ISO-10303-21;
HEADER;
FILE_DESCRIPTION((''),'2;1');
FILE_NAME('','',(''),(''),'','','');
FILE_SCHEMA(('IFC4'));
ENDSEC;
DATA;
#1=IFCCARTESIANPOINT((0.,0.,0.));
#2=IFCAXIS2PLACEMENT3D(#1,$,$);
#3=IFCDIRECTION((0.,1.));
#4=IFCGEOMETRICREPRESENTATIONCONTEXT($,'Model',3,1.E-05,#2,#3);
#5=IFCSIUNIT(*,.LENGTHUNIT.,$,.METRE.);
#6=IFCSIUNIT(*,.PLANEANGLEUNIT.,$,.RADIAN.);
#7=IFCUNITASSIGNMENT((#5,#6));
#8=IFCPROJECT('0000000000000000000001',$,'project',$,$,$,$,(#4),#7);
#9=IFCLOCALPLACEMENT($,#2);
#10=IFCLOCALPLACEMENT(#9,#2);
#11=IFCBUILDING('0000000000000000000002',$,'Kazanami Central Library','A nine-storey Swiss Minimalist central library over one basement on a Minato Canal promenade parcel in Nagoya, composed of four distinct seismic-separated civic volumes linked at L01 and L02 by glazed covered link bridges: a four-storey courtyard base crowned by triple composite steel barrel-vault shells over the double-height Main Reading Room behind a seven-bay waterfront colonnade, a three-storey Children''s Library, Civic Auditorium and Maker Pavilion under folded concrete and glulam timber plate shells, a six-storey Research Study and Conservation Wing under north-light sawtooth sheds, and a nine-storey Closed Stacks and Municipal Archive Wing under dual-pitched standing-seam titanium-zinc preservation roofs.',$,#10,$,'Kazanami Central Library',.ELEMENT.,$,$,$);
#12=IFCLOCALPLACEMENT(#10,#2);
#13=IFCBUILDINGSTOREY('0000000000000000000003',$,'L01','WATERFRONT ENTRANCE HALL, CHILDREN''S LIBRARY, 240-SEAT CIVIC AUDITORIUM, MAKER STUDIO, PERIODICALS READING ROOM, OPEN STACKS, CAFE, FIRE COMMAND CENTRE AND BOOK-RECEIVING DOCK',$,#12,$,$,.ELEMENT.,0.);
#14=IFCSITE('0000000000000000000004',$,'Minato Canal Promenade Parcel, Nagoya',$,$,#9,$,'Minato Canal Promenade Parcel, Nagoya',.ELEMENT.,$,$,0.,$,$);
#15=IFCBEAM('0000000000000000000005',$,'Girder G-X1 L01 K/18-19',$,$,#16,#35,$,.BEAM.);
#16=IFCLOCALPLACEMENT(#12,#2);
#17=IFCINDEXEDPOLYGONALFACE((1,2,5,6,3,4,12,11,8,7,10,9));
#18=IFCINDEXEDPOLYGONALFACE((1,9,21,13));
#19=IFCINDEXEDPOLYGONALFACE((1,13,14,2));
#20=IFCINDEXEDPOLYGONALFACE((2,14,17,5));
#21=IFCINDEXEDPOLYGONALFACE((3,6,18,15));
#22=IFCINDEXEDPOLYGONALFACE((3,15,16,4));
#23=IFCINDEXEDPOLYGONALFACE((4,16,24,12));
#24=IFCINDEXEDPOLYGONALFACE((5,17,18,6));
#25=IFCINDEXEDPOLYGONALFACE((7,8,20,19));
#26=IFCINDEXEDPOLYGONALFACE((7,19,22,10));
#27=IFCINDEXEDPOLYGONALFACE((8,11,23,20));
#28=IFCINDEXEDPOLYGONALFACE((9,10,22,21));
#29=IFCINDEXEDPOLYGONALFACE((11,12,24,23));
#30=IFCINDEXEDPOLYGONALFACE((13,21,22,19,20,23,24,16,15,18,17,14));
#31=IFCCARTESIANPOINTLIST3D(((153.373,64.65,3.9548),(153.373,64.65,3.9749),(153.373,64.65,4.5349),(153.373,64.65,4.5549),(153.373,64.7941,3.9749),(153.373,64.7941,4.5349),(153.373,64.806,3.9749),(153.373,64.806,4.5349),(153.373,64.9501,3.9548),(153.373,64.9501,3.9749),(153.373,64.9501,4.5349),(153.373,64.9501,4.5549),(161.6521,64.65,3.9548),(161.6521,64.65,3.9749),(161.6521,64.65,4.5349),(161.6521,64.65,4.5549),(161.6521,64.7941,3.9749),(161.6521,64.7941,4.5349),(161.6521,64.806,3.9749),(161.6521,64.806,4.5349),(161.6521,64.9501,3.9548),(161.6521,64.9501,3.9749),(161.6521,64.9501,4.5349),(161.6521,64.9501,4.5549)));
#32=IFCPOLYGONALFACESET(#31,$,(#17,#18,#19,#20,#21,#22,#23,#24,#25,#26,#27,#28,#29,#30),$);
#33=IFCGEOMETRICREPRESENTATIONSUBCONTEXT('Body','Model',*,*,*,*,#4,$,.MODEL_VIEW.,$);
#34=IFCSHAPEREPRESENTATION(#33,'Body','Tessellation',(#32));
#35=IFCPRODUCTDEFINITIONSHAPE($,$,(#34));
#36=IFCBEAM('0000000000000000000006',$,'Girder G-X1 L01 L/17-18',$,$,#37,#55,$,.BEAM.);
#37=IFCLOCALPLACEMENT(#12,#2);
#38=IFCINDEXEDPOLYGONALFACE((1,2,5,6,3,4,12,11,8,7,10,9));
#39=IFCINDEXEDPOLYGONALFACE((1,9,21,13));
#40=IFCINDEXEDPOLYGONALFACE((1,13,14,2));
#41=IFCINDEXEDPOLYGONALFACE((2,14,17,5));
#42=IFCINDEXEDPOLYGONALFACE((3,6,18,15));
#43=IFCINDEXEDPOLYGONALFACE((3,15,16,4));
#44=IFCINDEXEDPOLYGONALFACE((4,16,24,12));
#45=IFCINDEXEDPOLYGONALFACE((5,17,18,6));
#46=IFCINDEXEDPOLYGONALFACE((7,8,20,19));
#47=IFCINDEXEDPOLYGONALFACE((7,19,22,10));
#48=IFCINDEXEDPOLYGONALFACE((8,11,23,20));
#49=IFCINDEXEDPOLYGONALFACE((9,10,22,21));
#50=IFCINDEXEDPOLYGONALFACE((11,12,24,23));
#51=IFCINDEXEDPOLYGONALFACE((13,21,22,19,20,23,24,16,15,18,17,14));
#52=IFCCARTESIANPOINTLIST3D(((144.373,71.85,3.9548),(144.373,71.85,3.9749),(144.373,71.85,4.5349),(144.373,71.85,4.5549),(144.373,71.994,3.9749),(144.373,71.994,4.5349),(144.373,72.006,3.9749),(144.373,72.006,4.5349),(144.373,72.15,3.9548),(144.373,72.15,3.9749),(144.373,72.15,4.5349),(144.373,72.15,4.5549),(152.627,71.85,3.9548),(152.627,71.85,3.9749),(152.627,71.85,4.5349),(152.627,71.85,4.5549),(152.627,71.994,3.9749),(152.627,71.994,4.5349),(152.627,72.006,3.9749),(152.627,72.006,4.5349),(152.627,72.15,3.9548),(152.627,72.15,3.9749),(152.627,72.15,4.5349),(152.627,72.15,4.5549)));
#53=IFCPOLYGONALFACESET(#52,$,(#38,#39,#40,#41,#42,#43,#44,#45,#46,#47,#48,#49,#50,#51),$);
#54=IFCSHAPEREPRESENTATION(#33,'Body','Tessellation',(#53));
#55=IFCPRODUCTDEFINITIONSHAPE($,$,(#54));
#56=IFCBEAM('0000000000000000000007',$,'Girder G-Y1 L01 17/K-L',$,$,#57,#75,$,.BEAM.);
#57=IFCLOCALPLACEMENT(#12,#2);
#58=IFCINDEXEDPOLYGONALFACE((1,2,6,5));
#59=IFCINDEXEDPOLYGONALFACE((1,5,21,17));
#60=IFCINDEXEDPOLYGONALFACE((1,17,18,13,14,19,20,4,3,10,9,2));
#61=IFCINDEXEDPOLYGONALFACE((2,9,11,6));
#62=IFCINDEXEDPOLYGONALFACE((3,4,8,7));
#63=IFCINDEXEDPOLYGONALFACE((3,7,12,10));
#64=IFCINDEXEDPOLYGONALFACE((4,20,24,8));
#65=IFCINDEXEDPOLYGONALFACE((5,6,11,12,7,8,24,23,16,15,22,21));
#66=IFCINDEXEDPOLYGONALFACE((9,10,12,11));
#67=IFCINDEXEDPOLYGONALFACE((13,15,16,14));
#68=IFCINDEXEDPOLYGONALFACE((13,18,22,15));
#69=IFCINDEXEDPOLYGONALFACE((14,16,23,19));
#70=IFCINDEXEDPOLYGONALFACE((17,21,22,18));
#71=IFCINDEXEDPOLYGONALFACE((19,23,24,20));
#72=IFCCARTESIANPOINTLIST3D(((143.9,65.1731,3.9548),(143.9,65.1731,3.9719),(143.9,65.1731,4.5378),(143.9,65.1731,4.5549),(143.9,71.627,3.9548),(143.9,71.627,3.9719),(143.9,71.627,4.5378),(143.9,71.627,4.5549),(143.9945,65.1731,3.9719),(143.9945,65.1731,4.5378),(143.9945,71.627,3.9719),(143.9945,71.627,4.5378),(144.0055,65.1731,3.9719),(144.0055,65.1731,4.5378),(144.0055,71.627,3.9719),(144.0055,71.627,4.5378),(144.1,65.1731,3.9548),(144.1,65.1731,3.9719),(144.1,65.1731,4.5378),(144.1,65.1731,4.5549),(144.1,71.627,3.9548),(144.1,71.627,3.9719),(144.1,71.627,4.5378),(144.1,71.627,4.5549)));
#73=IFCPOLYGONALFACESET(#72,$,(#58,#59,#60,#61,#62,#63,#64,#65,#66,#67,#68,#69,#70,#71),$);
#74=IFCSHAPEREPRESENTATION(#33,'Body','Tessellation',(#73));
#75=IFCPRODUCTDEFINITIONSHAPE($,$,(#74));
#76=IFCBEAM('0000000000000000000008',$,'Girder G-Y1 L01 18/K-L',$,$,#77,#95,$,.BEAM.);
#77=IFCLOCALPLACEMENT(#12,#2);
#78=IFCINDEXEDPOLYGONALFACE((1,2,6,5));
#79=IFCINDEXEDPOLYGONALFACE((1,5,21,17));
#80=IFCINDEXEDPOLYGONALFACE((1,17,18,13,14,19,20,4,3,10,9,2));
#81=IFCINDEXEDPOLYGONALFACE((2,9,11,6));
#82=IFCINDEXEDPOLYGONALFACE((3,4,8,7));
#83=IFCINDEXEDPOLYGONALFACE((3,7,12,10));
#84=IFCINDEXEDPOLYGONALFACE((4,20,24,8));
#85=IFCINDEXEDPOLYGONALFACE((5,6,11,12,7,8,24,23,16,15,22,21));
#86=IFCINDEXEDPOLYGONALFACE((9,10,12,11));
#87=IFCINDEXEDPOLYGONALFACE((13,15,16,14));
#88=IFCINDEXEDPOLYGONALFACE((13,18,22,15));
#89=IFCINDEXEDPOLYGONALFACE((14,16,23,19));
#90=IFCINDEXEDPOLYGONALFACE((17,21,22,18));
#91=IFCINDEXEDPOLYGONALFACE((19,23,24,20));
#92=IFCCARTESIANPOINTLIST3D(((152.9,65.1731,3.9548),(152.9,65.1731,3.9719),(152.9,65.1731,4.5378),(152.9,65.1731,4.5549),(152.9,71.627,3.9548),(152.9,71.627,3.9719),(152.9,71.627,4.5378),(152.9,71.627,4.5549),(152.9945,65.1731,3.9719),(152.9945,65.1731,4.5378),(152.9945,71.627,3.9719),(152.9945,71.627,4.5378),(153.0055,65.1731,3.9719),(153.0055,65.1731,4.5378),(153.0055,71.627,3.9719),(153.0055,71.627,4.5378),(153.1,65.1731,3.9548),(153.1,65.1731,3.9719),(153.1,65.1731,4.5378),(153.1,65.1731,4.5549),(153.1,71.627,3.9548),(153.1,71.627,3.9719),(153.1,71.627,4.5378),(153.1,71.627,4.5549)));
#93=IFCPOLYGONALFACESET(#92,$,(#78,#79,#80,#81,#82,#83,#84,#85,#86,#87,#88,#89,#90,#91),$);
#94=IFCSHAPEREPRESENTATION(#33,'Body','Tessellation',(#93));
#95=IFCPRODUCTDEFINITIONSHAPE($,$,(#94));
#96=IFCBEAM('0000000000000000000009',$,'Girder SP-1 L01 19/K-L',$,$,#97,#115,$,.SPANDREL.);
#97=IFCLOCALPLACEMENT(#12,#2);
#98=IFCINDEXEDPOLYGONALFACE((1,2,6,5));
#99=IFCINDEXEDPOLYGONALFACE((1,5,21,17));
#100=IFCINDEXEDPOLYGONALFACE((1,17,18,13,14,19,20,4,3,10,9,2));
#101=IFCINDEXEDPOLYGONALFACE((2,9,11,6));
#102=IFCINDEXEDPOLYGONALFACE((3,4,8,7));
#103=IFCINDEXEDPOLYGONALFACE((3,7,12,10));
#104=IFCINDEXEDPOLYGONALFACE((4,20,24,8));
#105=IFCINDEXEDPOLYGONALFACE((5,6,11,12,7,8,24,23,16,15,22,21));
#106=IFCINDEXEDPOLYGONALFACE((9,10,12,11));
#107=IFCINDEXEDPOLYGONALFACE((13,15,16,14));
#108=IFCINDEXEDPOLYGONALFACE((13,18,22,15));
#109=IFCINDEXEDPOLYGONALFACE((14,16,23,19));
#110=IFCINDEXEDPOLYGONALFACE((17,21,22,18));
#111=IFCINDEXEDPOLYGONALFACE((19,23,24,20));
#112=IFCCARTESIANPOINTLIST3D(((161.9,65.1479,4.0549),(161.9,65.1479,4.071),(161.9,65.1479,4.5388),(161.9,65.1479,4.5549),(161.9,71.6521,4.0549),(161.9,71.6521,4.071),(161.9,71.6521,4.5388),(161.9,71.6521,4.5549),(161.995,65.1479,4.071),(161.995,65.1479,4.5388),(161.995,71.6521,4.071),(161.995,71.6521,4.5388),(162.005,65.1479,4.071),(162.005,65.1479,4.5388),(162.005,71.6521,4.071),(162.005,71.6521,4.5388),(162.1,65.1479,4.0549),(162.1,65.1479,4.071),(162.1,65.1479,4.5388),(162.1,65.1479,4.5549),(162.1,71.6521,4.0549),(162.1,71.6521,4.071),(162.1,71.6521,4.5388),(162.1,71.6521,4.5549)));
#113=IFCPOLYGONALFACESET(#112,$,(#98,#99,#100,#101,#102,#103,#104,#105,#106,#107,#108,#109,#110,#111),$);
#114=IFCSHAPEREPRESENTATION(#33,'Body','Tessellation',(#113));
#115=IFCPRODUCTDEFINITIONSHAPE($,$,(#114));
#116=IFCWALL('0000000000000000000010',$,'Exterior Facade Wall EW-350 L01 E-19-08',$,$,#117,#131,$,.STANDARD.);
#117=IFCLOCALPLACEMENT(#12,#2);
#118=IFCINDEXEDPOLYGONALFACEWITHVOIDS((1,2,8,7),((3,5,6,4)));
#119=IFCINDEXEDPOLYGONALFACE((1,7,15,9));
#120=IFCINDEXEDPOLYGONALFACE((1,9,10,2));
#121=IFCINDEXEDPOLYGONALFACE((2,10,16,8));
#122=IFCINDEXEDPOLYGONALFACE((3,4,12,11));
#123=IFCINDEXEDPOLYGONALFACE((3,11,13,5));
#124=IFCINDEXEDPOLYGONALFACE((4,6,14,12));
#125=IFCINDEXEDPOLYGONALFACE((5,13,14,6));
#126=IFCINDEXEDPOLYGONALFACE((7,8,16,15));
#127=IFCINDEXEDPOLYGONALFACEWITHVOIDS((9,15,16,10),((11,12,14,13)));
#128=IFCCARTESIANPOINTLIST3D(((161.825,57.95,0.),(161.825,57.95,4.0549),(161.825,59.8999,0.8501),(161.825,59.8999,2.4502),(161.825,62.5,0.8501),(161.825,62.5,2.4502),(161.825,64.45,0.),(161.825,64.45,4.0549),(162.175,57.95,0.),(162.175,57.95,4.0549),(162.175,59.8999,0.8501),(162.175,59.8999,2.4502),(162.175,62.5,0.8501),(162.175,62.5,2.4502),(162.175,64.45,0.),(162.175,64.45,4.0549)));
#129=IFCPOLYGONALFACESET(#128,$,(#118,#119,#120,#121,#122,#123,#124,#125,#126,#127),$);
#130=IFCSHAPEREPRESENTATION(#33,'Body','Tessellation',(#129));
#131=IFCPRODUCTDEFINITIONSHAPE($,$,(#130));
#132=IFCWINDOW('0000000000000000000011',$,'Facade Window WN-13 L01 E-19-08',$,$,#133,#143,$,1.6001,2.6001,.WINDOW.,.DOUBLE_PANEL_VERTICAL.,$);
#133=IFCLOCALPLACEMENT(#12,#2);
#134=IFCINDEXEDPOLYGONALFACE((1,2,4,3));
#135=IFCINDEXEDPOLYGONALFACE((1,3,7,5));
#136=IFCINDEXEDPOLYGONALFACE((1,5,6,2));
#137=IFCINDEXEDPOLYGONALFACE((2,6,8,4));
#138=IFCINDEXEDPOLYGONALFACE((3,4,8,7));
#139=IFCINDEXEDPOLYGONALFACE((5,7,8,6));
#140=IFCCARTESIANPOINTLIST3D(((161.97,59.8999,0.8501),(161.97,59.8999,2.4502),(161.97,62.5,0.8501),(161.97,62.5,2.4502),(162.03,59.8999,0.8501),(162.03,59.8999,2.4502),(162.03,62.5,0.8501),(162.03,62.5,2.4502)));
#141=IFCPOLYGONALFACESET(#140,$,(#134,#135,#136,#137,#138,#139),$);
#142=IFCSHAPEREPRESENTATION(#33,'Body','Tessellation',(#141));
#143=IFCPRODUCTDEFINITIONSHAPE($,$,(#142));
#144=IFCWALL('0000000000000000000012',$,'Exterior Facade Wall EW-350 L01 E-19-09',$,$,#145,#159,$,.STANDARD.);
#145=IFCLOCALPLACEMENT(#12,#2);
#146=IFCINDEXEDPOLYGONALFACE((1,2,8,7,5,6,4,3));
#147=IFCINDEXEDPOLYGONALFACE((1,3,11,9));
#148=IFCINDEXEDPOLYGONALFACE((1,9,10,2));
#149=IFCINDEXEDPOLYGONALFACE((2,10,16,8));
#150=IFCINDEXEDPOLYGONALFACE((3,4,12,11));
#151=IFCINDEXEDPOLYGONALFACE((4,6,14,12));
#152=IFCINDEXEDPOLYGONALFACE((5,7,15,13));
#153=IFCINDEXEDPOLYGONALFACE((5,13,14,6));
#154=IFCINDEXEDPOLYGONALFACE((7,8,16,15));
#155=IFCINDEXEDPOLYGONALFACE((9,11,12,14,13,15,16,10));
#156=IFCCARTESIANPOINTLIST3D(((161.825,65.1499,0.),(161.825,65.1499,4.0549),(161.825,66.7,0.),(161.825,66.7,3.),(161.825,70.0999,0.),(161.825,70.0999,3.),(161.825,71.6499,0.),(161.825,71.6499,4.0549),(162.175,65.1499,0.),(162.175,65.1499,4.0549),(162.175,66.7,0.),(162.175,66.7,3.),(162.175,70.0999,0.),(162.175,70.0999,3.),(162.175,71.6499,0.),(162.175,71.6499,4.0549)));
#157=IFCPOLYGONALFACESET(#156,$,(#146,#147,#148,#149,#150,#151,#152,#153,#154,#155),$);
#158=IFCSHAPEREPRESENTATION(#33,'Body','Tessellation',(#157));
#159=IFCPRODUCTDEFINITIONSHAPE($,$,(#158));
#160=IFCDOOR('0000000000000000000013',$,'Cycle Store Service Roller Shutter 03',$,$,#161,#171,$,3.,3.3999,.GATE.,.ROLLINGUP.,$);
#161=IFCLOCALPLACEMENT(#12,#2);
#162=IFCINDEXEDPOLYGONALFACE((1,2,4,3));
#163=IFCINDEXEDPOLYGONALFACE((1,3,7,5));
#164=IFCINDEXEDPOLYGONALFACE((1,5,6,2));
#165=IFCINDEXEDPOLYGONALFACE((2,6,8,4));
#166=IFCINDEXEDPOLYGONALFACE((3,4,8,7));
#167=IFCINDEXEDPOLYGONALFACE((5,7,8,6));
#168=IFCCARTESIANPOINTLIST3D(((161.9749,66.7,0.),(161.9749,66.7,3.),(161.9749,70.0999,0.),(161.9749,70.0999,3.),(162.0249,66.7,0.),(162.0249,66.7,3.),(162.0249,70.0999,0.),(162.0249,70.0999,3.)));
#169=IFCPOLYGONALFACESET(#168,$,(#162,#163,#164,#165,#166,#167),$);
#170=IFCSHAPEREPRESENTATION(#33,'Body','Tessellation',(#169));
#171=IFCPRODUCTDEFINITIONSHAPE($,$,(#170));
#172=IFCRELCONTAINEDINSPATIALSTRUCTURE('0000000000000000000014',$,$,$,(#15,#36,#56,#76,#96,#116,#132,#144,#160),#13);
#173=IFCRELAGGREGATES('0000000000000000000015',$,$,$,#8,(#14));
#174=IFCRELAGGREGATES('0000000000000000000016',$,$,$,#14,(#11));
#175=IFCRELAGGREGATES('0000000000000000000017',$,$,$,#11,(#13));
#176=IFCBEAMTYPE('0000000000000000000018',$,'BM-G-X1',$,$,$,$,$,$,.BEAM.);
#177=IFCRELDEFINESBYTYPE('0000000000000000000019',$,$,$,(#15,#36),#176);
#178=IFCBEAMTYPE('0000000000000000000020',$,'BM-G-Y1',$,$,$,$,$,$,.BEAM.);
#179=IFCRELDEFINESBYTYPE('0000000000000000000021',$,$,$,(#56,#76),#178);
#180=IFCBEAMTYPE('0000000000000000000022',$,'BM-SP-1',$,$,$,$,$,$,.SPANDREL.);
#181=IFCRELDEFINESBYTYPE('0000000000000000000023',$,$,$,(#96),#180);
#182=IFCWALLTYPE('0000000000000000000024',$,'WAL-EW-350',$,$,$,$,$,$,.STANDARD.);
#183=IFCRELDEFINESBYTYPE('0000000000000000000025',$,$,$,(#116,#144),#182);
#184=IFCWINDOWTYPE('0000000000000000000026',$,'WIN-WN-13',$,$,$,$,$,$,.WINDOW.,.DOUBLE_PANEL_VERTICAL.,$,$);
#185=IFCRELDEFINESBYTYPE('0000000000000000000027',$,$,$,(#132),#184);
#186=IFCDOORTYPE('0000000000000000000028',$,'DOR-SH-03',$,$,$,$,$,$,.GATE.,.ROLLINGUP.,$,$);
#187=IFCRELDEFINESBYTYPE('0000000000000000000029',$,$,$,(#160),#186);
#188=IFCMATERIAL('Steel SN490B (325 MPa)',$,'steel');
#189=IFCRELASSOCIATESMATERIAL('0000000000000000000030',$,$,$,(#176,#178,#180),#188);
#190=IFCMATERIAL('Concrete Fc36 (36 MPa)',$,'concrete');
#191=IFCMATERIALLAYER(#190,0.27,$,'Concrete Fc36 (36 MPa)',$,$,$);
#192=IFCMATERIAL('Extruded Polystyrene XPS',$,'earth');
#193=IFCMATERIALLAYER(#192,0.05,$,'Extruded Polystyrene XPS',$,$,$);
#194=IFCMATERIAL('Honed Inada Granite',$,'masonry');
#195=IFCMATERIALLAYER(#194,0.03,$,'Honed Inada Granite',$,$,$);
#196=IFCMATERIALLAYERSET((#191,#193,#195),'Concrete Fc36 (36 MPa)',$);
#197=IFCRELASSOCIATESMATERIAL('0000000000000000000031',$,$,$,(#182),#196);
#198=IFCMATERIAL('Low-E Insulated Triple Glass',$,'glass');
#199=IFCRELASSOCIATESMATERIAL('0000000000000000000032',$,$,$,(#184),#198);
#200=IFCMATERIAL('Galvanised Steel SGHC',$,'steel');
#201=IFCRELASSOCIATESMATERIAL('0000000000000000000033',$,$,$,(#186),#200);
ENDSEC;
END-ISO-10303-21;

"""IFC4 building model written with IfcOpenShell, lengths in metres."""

from ifc_helpers import new_model, si_unit, direction, frame, frame_2d, origin, origin_2d, place, context, subcontext, project, spatial, rectangle, i_section, extrude, material, layer, layer_set, material_profile, profile_set, type_object, element, fill, save


model = new_model("IFC4")

# Units and contexts
model_context = context("Model", 3, precision=1e-05, world=origin(), true_north=direction((0.0, 1.0)))
body_context = subcontext(model_context, "Body", "Model", "MODEL_VIEW")
ifc_project = project(units=[si_unit("LENGTHUNIT", "METRE"), si_unit("PLANEANGLEUNIT", "RADIAN")], contexts=[model_context])

# Site, building, storey
site_placement = place(None, origin())
site = spatial("IfcSite", under=ifc_project, at=site_placement, Name="Minato Canal Promenade Parcel, Nagoya", LongName="Minato Canal Promenade Parcel, Nagoya", CompositionType="ELEMENT", RefElevation=0.0)
building_placement = place(site_placement, origin())
building = spatial("IfcBuilding", under=site, at=building_placement, Name="Kazanami Central Library", Description="A nine-storey Swiss Minimalist central library over one basement on a Minato Canal promenade parcel in Nagoya, composed of four distinct seismic-separated civic volumes linked at L01 and L02 by glazed covered link bridges: a four-storey courtyard base crowned by triple composite steel barrel-vault shells over the double-height Main Reading Room behind a seven-bay waterfront colonnade, a three-storey Children's Library, Civic Auditorium and Maker Pavilion under folded concrete and glulam timber plate shells, a six-storey Research Study and Conservation Wing under north-light sawtooth sheds, and a nine-storey Closed Stacks and Municipal Archive Wing under dual-pitched standing-seam titanium-zinc preservation roofs.", LongName="Kazanami Central Library", CompositionType="ELEMENT")
storey_placement = place(building_placement, origin())
storey = spatial("IfcBuildingStorey", under=building, at=storey_placement, Name="L01", Description="WATERFRONT ENTRANCE HALL, CHILDREN'S LIBRARY, 240-SEAT CIVIC AUDITORIUM, MAKER STUDIO, PERIODICALS READING ROOM, OPEN STACKS, CAFE, FIRE COMMAND CENTRE AND BOOK-RECEIVING DOCK", CompositionType="ELEMENT", Elevation=0.0)

# Beams
ifc_material_1 = material(Name="Steel SN490B (325 MPa)", Category="steel")
ifc_material_profile_1 = material_profile(ifc_material_1, i_section(OverallWidth=0.3, OverallDepth=0.6001, WebThickness=0.012, FlangeThickness=0.02, at=origin_2d()), Name="H-600x300x12x20")
ifc_profile_set_1 = profile_set([ifc_material_profile_1], Name="Steel SN490B (325 MPa)")
beam_type_1 = type_object("IfcBeamType", Name="BM-G-X1", PredefinedType="BEAM", material=ifc_profile_set_1)
beam_1_placement = place(storey_placement, frame((153.373, 64.8, 4.2549), z_axis=(1.0, 0.0, 0.0), x_axis=(0.0, 1.0, 0.0)))
element("IfcBeam", 1, at=beam_1_placement, inside=storey, type_object=beam_type_1, Name="Girder G-X1 L01 K/18-19", PredefinedType="BEAM", context=body_context, shape_type="SweptSolid", body=[
    extrude(i_section(OverallWidth=0.3, OverallDepth=0.6001, WebThickness=0.012, FlangeThickness=0.02, at=origin_2d()), origin(), (0.0, 0.0, 1.0), 8.2791),
])
beam_2_placement = place(storey_placement, frame((144.373, 72.0, 4.2549), z_axis=(1.0, 0.0, 0.0), x_axis=(0.0, 1.0, 0.0)))
element("IfcBeam", 2, at=beam_2_placement, inside=storey, type_object=beam_type_1, Name="Girder G-X1 L01 L/17-18", PredefinedType="BEAM", context=body_context, shape_type="SweptSolid", body=[
    extrude(i_section(OverallWidth=0.3, OverallDepth=0.6001, WebThickness=0.012, FlangeThickness=0.02, at=origin_2d()), origin(), (0.0, 0.0, 1.0), 8.2539),
])
ifc_material_profile_2 = material_profile(ifc_material_1, i_section(OverallWidth=0.2, OverallDepth=0.6001, WebThickness=0.011, FlangeThickness=0.0171, at=origin_2d()), Name="H-600x200x11x17")
ifc_profile_set_2 = profile_set([ifc_material_profile_2], Name="Steel SN490B (325 MPa)")
beam_type_2 = type_object("IfcBeamType", Name="BM-G-Y1", PredefinedType="BEAM", material=ifc_profile_set_2)
for number, where, z_axis, x_axis, name in (
    (3, (144.0, 65.1731, 4.2549), (0.0, 1.0, 0.0), (-1.0, 0.0, 0.0), "Girder G-Y1 L01 17/K-L"),
    (4, (153.0, 65.1731, 4.2549), (0.0, 1.0, 0.0), (-1.0, 0.0, 0.0), "Girder G-Y1 L01 18/K-L"),
):
    element("IfcBeam", number, at=place(storey_placement, frame(where, z_axis=z_axis, x_axis=x_axis)), inside=storey, type_object=beam_type_2, Name=name, PredefinedType="BEAM", context=body_context, shape_type="SweptSolid", body=[
        extrude(i_section(OverallWidth=0.2, OverallDepth=0.6001, WebThickness=0.011, FlangeThickness=0.0171, at=origin_2d()), origin(), (0.0, 0.0, 1.0), 6.4539),
    ])
ifc_material_profile_3 = material_profile(ifc_material_1, i_section(OverallWidth=0.2, OverallDepth=0.5, WebThickness=0.01, FlangeThickness=0.0161, at=origin_2d()), Name="H-500x200x10x16")
ifc_profile_set_3 = profile_set([ifc_material_profile_3], Name="Steel SN490B (325 MPa)")
beam_type_3 = type_object("IfcBeamType", Name="BM-SP-1", PredefinedType="SPANDREL", material=ifc_profile_set_3)
beam_3_placement = place(storey_placement, frame((162.0, 65.1479, 4.3049), z_axis=(0.0, 1.0, 0.0), x_axis=(-1.0, 0.0, 0.0)))
element("IfcBeam", 5, at=beam_3_placement, inside=storey, type_object=beam_type_3, Name="Girder SP-1 L01 19/K-L", PredefinedType="SPANDREL", context=body_context, shape_type="SweptSolid", body=[
    extrude(i_section(OverallWidth=0.2, OverallDepth=0.5, WebThickness=0.01, FlangeThickness=0.0161, at=origin_2d()), origin(), (0.0, 0.0, 1.0), 6.5042),
])

# Wall, opening, window
ifc_material_2 = material(Name="Concrete Fc36 (36 MPa)", Category="concrete")
ifc_layer_1 = layer(ifc_material_2, 0.27, Name="Concrete Fc36 (36 MPa)")
ifc_material_3 = material(Name="Extruded Polystyrene XPS", Category="earth")
ifc_layer_2 = layer(ifc_material_3, 0.05, Name="Extruded Polystyrene XPS")
ifc_material_4 = material(Name="Honed Inada Granite", Category="masonry")
ifc_layer_3 = layer(ifc_material_4, 0.03, Name="Honed Inada Granite")
ifc_layer_set_1 = layer_set([ifc_layer_1, ifc_layer_2, ifc_layer_3], Name="Concrete Fc36 (36 MPa)")
wall_type_1 = type_object("IfcWallType", Name="WAL-EW-350", PredefinedType="STANDARD", material=ifc_layer_set_1)
wall_1_placement = place(storey_placement, frame((162.0, 64.45, 0.0), z_axis=(0.0, 0.0, 1.0), x_axis=(0.0, -1.0, 0.0)))
wall_1 = element("IfcWall", 6, at=wall_1_placement, inside=storey, type_object=wall_type_1, Name="Exterior Facade Wall EW-350 L01 E-19-08", PredefinedType="STANDARD", context=body_context, shape_type="SweptSolid", body=[
    extrude(rectangle(XDim=6.5, YDim=0.3501, at=frame_2d((3.25, 0.0))), origin(), (0.0, 0.0, 1.0), 4.0549),
])
opening_1_placement = place(wall_1_placement, frame((1.95, 0.0, 0.8501)))
opening_1 = element("IfcOpeningElement", 7, at=opening_1_placement, cuts=wall_1, PredefinedType="OPENING", context=body_context, shape_type="SweptSolid", body=[
    extrude(rectangle(XDim=2.6001, YDim=1.6001, at=frame_2d((1.3, 0.8))), frame((0.0, 0.187, 0.0), z_axis=(0.0, -1.0, 0.0), x_axis=(1.0, 0.0, 0.0)), (0.0, 0.0, 1.0), 0.374),
])
ifc_material_5 = material(Name="Low-E Insulated Triple Glass", Category="glass")
window_type = type_object("IfcWindowType", Name="WIN-WN-13", PartitioningType="DOUBLE_PANEL_VERTICAL", PredefinedType="WINDOW", material=ifc_material_5)
window_placement = place(opening_1_placement, origin())
window = element("IfcWindow", 8, at=window_placement, inside=storey, type_object=window_type, Name="Facade Window WN-13 L01 E-19-08", OverallHeight=1.6001, OverallWidth=2.6001, PartitioningType="DOUBLE_PANEL_VERTICAL", PredefinedType="WINDOW", context=body_context, shape_type="SweptSolid", body=[
    extrude(rectangle(XDim=2.6001, YDim=1.6001, at=frame_2d((1.3, 0.8))), frame((0.0, 0.03, 0.0), z_axis=(0.0, -1.0, 0.0), x_axis=(1.0, 0.0, 0.0)), (0.0, 0.0, 1.0), 0.0601),
])
fill(opening_1, window)

# Wall, opening, door
wall_2_placement = place(storey_placement, frame((162.0, 71.6499, 0.0), z_axis=(0.0, 0.0, 1.0), x_axis=(0.0, -1.0, 0.0)))
wall_2 = element("IfcWall", 9, at=wall_2_placement, inside=storey, type_object=wall_type_1, Name="Exterior Facade Wall EW-350 L01 E-19-09", PredefinedType="STANDARD", context=body_context, shape_type="SweptSolid", body=[
    extrude(rectangle(XDim=6.5, YDim=0.3501, at=frame_2d((3.25, 0.0))), origin(), (0.0, 0.0, 1.0), 4.0549),
])
opening_2_placement = place(wall_2_placement, frame((1.55, 0.0, 0.0)))
opening_2 = element("IfcOpeningElement", 10, at=opening_2_placement, cuts=wall_2, PredefinedType="OPENING", context=body_context, shape_type="SweptSolid", body=[
    extrude(rectangle(XDim=3.3999, YDim=3.0, at=frame_2d((1.7, 1.5))), frame((0.0, 0.187, 0.0), z_axis=(0.0, -1.0, 0.0), x_axis=(1.0, 0.0, 0.0)), (0.0, 0.0, 1.0), 0.374),
])
ifc_material_6 = material(Name="Galvanised Steel SGHC", Category="steel")
door_type_1 = type_object("IfcDoorType", Name="DOR-SH-03", OperationType="ROLLINGUP", PredefinedType="GATE", material=ifc_material_6)
door_1_placement = place(opening_2_placement, origin())
door_1 = element("IfcDoor", 11, at=door_1_placement, inside=storey, type_object=door_type_1, Name="Cycle Store Service Roller Shutter 03", OperationType="ROLLINGUP", OverallHeight=3.0, OverallWidth=3.3999, PredefinedType="GATE", context=body_context, shape_type="SweptSolid", body=[
    extrude(rectangle(XDim=3.3999, YDim=3.0, at=frame_2d((1.7, 1.5))), frame((0.0, 0.0249, 0.0), z_axis=(0.0, -1.0, 0.0), x_axis=(1.0, 0.0, 0.0)), (0.0, 0.0, 1.0), 0.05),
])
fill(opening_2, door_1)

save(model, "model.ifc")
